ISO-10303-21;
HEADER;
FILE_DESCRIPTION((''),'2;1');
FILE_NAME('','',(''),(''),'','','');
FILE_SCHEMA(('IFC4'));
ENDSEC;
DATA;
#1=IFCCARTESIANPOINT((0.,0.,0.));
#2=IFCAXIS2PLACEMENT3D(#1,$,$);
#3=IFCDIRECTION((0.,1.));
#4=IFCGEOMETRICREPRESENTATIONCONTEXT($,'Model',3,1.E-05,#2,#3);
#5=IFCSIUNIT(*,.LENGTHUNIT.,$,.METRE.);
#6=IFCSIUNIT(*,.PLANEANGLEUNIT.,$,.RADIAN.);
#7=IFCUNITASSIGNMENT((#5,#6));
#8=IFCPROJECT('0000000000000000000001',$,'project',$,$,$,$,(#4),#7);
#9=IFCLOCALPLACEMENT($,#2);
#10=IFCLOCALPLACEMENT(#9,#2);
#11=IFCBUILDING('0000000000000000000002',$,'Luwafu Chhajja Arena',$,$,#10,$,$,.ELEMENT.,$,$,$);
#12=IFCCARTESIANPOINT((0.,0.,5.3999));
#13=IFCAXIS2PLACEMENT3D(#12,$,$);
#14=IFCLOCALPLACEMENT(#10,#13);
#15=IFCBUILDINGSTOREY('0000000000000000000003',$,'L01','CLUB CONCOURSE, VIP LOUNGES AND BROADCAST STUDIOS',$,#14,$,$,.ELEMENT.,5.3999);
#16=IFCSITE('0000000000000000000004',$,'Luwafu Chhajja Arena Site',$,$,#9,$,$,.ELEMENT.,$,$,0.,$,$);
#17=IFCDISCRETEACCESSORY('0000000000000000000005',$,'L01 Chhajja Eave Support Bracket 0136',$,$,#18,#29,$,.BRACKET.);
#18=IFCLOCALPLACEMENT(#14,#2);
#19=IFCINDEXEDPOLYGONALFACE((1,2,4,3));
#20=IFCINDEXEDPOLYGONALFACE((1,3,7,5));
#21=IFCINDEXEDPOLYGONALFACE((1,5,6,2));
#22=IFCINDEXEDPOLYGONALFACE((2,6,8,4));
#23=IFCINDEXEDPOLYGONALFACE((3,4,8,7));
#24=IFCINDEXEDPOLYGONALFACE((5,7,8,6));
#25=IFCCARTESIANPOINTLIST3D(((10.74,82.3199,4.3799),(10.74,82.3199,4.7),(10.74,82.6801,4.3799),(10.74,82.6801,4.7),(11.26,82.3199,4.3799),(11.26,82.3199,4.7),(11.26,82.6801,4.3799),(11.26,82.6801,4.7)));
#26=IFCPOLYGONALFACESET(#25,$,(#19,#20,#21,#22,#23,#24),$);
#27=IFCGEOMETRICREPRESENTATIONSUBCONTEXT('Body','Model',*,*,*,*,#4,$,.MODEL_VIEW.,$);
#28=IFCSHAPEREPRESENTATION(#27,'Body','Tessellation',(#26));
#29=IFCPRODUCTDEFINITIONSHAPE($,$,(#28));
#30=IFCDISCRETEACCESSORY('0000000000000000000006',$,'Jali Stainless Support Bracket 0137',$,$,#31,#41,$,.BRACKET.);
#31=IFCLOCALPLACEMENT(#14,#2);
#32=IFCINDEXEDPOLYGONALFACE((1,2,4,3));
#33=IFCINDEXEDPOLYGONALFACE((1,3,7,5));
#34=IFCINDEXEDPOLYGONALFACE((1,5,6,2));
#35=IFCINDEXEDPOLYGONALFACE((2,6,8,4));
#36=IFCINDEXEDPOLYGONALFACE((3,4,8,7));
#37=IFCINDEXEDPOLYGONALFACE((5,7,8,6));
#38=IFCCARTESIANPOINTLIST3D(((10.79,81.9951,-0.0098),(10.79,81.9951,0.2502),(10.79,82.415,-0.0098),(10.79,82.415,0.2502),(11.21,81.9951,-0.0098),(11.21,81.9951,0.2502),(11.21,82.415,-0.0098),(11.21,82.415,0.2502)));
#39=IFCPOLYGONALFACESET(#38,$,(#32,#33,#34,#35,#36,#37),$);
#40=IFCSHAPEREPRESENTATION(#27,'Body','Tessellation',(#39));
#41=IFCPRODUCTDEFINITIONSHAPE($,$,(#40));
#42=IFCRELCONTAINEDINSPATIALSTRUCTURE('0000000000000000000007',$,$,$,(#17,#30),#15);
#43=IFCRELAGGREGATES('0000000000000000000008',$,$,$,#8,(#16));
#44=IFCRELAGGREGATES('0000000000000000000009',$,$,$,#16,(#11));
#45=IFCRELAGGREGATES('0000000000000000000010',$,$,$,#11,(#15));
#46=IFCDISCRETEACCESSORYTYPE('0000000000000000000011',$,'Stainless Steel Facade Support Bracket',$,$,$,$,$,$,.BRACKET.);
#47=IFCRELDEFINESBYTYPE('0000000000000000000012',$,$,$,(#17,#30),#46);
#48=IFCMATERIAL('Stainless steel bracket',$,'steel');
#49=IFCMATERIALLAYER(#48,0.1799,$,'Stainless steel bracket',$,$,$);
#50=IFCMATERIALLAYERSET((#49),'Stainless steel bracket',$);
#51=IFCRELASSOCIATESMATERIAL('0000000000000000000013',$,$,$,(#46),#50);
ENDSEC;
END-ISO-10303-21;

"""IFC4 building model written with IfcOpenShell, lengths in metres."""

from ifc_helpers import new_model, si_unit, direction, frame, origin, origin_2d, place, context, subcontext, project, spatial, rectangle, extrude, material, layer, layer_set, type_object, element, save


model = new_model("IFC4")

# Units and contexts
model_context = context("Model", 3, precision=1e-05, world=origin(), true_north=direction((0.0, 1.0)))
body_context = subcontext(model_context, "Body", "Model", "MODEL_VIEW")
ifc_project = project(units=[si_unit("LENGTHUNIT", "METRE"), si_unit("PLANEANGLEUNIT", "RADIAN")], contexts=[model_context])

# Site, building, storey
site_placement = place(None, origin())
site = spatial("IfcSite", under=ifc_project, at=site_placement, Name="Luwafu Chhajja Arena Site", CompositionType="ELEMENT", RefElevation=0.0)
building_placement = place(site_placement, origin())
building = spatial("IfcBuilding", under=site, at=building_placement, Name="Luwafu Chhajja Arena", CompositionType="ELEMENT")
storey_placement = place(building_placement, frame((0.0, 0.0, 5.3999)))
storey = spatial("IfcBuildingStorey", under=building, at=storey_placement, Name="L01", Description="CLUB CONCOURSE, VIP LOUNGES AND BROADCAST STUDIOS", CompositionType="ELEMENT", Elevation=5.3999)

# Discrete accessories
ifc_material_1 = material(Name="Stainless steel bracket", Category="steel")
ifc_layer_1 = layer(ifc_material_1, 0.1799, Name="Stainless steel bracket")
ifc_layer_set_1 = layer_set([ifc_layer_1], Name="Stainless steel bracket")
discrete_accessory_type = type_object("IfcDiscreteAccessoryType", Name="Stainless Steel Facade Support Bracket", PredefinedType="BRACKET", material=ifc_layer_set_1)
discrete_accessory_1_placement = place(storey_placement, frame((11.0, 82.5, 4.3799), z_axis=(0.0, 0.0, 1.0), x_axis=(0.0, 1.0, 0.0)))
element("IfcDiscreteAccessory", 1, at=discrete_accessory_1_placement, inside=storey, type_object=discrete_accessory_type, Name="L01 Chhajja Eave Support Bracket 0136", PredefinedType="BRACKET", context=body_context, shape_type="SweptSolid", body=[
    extrude(rectangle(XDim=0.3601, YDim=0.52, at=origin_2d()), origin(), (0.0, 0.0, 1.0), 0.3201),
])
discrete_accessory_2_placement = place(storey_placement, frame((11.0, 82.2051, -0.0098), z_axis=(0.0, 0.0, 1.0), x_axis=(0.0, 1.0, 0.0)))
element("IfcDiscreteAccessory", 2, at=discrete_accessory_2_placement, inside=storey, type_object=discrete_accessory_type, Name="Jali Stainless Support Bracket 0137", PredefinedType="BRACKET", context=body_context, shape_type="SweptSolid", body=[
    extrude(rectangle(XDim=0.4199, YDim=0.4199, at=origin_2d()), origin(), (0.0, 0.0, 1.0), 0.26),
])

save(model, "model.ifc")
